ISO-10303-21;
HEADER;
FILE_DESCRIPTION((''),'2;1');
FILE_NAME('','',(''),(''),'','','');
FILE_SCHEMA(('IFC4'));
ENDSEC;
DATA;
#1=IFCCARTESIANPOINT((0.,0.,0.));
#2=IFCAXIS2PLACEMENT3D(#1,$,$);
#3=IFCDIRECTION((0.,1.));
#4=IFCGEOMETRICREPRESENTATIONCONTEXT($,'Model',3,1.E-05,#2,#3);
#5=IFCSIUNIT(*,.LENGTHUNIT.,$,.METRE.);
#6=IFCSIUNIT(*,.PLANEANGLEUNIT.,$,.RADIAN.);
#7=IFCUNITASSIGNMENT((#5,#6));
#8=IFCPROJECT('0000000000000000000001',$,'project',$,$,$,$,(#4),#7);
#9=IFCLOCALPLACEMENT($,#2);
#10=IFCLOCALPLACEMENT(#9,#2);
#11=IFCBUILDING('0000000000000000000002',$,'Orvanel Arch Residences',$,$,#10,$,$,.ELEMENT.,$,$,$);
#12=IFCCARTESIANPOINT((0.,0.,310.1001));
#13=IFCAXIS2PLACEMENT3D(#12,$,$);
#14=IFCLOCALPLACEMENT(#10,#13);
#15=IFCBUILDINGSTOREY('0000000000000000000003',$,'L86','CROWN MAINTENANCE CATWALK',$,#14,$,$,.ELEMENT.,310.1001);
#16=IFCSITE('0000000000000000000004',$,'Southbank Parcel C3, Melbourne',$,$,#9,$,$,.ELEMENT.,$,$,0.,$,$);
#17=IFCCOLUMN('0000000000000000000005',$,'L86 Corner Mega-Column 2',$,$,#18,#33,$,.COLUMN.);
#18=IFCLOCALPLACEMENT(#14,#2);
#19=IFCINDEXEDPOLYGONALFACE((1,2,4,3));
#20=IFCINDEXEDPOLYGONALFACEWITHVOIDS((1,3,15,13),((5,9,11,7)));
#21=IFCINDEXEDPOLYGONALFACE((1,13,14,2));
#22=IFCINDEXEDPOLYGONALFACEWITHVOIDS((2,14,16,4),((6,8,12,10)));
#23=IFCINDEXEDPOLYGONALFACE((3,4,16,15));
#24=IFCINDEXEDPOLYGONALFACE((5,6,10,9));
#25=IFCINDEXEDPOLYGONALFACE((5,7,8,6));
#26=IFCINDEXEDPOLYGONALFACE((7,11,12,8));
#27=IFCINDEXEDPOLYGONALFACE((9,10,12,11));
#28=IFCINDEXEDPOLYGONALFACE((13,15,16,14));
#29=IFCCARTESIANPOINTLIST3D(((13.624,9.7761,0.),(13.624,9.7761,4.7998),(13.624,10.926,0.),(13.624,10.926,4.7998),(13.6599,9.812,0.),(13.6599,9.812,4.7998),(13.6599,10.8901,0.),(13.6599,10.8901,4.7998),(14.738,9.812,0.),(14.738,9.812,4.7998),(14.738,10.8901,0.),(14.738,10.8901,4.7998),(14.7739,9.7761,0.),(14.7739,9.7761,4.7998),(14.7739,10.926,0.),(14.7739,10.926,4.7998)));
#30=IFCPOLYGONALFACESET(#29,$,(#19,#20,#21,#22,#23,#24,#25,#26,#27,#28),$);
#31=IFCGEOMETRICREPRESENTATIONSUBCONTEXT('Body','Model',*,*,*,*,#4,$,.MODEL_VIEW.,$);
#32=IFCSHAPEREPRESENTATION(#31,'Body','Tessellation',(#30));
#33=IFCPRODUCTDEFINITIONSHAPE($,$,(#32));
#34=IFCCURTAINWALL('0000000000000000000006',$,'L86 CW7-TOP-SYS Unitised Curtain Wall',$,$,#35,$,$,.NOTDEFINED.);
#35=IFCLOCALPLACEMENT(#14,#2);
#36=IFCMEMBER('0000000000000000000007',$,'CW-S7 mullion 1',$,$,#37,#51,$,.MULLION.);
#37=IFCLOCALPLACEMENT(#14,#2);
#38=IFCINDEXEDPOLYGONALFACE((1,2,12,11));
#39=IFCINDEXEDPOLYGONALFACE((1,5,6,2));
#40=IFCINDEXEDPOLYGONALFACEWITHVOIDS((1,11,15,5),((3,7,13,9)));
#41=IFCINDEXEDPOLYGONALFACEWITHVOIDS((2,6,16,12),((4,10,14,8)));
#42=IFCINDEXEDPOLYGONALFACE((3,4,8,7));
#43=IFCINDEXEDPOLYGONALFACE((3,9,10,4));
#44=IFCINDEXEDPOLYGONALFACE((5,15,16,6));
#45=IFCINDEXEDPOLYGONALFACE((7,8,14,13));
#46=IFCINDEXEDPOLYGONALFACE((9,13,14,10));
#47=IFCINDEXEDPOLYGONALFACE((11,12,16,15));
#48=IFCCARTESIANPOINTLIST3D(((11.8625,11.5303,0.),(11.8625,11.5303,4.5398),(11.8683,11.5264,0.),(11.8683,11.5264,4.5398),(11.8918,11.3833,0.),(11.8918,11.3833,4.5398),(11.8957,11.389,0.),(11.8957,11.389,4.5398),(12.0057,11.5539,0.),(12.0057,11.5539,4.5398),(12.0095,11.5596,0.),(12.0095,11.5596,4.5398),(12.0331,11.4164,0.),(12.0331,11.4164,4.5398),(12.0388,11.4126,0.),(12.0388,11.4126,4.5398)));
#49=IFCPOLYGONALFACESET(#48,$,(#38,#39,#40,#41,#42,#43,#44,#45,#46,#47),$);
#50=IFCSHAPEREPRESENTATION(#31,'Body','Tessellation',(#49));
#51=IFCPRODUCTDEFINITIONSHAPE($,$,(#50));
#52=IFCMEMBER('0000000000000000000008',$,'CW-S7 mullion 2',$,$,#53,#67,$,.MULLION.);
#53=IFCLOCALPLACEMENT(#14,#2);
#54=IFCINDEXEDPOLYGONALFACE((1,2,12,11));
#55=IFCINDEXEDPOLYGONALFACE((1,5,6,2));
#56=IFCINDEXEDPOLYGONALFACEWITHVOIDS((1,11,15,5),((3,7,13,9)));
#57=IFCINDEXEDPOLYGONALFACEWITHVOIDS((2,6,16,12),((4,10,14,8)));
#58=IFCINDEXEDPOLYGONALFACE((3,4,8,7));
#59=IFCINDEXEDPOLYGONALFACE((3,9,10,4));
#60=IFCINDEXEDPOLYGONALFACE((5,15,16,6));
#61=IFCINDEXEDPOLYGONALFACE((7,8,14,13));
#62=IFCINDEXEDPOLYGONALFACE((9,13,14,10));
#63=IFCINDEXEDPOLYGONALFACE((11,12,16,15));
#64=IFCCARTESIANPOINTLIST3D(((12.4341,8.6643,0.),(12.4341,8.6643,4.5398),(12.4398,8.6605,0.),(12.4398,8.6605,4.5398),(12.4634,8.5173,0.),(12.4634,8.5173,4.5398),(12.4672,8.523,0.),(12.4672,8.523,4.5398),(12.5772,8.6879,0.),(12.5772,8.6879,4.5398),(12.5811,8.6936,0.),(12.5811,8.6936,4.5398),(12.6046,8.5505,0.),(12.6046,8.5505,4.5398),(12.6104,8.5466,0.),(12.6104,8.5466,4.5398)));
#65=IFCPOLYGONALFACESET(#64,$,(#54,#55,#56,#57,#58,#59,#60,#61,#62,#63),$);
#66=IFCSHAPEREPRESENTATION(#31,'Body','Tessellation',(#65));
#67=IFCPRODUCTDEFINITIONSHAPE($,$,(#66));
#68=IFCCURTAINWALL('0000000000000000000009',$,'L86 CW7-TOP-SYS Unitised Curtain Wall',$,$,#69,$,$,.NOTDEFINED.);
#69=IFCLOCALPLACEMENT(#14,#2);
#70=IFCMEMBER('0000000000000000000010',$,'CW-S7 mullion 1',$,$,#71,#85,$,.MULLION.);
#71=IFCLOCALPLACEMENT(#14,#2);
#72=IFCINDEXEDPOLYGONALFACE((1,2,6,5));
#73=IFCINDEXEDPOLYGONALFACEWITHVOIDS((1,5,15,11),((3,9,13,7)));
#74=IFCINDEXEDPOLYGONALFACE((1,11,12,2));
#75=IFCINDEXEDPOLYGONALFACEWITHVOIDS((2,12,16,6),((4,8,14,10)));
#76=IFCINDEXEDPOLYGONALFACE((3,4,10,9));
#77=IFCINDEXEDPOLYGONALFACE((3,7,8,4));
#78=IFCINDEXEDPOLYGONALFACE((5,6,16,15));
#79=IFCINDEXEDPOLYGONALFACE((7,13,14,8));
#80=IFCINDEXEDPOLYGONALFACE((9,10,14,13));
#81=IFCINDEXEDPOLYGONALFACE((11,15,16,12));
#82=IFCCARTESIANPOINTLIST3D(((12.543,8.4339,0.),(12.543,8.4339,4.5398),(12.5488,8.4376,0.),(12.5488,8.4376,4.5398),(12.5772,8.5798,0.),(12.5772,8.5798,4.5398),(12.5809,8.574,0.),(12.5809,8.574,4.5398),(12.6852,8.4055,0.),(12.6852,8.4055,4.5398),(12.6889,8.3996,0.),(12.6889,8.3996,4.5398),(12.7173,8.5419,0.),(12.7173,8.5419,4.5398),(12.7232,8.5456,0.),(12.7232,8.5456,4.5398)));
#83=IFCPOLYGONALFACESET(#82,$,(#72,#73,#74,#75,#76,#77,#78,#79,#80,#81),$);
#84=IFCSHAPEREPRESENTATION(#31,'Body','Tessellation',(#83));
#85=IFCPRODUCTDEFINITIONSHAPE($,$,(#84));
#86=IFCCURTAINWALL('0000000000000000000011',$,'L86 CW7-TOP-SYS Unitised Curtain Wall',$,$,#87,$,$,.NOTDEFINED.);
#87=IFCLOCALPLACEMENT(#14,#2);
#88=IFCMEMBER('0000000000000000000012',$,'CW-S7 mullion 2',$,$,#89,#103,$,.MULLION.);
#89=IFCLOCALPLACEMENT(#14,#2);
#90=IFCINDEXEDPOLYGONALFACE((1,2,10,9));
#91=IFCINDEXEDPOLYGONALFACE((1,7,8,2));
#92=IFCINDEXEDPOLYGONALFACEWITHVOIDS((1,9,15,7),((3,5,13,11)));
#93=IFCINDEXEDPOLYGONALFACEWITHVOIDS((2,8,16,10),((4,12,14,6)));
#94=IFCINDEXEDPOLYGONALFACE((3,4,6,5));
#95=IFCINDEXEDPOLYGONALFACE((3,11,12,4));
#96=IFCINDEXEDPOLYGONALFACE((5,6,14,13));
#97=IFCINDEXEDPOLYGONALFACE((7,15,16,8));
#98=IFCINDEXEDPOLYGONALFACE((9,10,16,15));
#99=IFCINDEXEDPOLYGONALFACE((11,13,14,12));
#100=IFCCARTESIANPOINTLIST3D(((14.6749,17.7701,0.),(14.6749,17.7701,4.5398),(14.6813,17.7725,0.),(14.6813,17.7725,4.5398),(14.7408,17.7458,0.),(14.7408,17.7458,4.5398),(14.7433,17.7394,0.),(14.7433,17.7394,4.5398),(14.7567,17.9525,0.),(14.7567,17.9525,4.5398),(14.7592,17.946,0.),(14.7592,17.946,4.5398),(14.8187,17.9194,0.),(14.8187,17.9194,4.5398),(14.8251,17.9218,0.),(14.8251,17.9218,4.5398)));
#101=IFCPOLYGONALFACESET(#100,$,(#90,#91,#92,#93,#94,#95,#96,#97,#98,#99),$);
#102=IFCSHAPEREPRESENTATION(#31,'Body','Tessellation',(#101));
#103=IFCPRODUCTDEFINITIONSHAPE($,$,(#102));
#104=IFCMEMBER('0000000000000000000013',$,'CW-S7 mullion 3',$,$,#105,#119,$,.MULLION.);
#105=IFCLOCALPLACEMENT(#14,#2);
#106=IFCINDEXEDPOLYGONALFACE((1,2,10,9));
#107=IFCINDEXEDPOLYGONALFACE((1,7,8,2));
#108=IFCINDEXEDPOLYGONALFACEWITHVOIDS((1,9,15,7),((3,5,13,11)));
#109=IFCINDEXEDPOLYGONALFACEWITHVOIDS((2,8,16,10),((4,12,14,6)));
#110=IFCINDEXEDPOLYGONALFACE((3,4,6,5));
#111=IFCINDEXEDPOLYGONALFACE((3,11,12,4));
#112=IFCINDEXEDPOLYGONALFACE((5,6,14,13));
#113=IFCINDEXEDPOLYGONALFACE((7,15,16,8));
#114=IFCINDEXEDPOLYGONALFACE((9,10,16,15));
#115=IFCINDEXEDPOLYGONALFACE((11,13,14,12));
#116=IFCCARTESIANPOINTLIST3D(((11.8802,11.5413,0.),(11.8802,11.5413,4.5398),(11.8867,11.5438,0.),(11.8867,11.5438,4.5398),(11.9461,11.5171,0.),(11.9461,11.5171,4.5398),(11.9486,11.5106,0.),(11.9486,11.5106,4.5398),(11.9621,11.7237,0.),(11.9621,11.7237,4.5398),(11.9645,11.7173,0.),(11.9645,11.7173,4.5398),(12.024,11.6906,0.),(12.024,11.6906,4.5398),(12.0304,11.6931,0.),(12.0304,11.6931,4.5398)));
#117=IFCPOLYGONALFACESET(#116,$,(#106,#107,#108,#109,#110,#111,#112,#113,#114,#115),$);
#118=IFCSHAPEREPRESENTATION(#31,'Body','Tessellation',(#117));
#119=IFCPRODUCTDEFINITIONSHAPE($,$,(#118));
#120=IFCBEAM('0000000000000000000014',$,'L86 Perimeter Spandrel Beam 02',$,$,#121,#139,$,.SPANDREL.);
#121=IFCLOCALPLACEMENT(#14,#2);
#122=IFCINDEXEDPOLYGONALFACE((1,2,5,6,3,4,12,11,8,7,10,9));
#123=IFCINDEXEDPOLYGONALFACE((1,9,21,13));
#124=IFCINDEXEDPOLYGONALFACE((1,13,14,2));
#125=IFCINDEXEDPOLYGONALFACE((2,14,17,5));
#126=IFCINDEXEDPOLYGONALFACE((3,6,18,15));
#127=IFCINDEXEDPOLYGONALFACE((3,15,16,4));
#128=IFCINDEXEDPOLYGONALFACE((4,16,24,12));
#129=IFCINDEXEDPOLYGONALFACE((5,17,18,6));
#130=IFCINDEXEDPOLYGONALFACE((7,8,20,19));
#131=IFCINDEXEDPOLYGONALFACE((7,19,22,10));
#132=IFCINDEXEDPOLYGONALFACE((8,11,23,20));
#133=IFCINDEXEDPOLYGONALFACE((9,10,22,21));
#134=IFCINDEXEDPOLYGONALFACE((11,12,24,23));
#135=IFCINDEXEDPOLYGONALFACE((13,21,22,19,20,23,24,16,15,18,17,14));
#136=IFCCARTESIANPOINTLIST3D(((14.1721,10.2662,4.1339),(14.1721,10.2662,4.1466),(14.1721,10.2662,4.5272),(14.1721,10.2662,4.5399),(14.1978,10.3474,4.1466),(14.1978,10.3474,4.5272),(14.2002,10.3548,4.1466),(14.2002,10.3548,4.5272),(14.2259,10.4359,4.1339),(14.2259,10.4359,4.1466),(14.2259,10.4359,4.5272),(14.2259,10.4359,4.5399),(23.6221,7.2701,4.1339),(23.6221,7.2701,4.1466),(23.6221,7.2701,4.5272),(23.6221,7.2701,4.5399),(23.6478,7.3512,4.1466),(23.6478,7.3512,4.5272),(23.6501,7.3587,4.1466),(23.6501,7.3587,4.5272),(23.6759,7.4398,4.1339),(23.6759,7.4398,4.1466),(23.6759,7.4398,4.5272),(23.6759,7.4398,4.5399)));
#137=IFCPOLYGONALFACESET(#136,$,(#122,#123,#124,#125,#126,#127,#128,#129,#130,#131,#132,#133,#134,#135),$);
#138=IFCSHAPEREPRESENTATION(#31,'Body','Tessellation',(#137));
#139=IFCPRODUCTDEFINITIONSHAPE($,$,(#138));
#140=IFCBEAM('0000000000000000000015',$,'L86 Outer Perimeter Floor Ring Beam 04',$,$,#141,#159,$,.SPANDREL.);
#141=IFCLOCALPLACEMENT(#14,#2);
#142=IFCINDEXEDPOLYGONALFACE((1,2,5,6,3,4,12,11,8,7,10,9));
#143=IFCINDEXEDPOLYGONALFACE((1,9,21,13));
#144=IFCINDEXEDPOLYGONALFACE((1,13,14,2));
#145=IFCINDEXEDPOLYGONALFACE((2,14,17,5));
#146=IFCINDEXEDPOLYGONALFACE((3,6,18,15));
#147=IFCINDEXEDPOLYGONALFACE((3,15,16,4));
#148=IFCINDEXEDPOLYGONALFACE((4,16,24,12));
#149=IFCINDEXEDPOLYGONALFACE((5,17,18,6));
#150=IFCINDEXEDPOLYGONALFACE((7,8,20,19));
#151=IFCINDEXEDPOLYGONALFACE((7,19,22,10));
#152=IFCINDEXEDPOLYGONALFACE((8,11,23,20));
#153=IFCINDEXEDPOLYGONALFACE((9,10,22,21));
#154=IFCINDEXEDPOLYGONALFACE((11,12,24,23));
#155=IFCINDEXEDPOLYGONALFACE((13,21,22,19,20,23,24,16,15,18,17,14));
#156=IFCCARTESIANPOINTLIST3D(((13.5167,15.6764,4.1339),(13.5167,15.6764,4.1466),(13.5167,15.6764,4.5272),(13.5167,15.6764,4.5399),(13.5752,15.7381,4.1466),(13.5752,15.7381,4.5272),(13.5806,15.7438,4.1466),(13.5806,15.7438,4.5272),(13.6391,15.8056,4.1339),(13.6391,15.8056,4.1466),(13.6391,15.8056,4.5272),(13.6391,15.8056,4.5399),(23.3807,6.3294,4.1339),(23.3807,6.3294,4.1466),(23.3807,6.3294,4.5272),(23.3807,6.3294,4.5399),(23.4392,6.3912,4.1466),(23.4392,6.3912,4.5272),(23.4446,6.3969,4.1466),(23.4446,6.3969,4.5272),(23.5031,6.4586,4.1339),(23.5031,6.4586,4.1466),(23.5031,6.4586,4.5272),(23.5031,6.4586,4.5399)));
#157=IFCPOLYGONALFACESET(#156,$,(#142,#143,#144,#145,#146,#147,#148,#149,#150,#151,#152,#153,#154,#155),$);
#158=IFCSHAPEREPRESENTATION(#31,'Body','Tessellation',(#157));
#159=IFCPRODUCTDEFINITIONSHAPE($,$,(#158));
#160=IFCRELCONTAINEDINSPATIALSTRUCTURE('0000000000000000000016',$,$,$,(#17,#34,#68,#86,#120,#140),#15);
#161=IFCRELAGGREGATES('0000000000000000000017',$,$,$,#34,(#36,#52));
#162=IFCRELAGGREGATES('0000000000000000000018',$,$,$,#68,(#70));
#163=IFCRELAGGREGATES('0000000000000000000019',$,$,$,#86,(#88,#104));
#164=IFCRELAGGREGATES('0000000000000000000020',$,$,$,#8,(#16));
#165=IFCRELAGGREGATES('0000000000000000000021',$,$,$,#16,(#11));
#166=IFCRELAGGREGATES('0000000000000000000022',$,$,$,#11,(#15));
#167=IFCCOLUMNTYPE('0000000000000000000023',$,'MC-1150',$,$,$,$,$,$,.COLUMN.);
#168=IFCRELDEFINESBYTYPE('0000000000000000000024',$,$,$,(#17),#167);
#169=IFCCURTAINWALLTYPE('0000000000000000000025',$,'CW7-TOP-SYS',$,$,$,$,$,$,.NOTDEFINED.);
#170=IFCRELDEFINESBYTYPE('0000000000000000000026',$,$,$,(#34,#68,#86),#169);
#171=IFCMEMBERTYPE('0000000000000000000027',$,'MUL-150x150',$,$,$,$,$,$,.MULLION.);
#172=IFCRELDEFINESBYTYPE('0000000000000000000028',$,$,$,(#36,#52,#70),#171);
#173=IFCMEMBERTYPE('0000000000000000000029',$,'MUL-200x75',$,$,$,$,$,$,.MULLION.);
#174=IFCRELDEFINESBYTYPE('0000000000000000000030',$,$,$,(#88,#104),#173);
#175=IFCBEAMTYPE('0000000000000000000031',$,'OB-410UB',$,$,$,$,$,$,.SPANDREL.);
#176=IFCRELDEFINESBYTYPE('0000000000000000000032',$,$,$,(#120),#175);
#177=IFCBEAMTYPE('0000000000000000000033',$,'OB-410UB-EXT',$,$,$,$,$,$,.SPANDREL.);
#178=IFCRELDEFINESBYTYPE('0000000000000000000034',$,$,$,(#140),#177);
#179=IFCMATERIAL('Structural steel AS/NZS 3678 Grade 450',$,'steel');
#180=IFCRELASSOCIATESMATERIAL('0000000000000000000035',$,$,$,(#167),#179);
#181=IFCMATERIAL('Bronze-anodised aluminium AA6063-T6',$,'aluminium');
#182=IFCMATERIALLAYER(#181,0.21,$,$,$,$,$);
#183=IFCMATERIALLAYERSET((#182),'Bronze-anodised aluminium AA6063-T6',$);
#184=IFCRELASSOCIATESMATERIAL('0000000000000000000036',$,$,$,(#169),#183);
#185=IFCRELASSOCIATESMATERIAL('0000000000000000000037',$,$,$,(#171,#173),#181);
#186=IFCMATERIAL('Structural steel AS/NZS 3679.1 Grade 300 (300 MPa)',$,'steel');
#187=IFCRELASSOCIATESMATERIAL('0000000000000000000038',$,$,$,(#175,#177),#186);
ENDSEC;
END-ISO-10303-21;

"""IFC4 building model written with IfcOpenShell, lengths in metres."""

from ifc_helpers import new_model, si_unit, direction, frame, origin, origin_2d, place, context, subcontext, project, spatial, hollow_rectangle, i_section, extrude, material, layer, layer_set, material_profile, profile_set, type_object, element, aggregate, save


model = new_model("IFC4")

# Units and contexts
model_context = context("Model", 3, precision=1e-05, world=origin(), true_north=direction((0.0, 1.0)))
body_context = subcontext(model_context, "Body", "Model", "MODEL_VIEW")
ifc_project = project(units=[si_unit("LENGTHUNIT", "METRE"), si_unit("PLANEANGLEUNIT", "RADIAN")], contexts=[model_context])

# Site, building, storey
site_placement = place(None, origin())
site = spatial("IfcSite", under=ifc_project, at=site_placement, Name="Southbank Parcel C3, Melbourne", CompositionType="ELEMENT", RefElevation=0.0)
building_placement = place(site_placement, origin())
building = spatial("IfcBuilding", under=site, at=building_placement, Name="Orvanel Arch Residences", CompositionType="ELEMENT")
storey_placement = place(building_placement, frame((0.0, 0.0, 310.1001)))
storey = spatial("IfcBuildingStorey", under=building, at=storey_placement, Name="L86", Description="CROWN MAINTENANCE CATWALK", CompositionType="ELEMENT", Elevation=310.1001)

# Column
ifc_material_1 = material(Name="Structural steel AS/NZS 3678 Grade 450", Category="steel")
ifc_material_profile_1 = material_profile(ifc_material_1, hollow_rectangle(XDim=1.1499, YDim=1.1499, WallThickness=0.0359, at=origin_2d()), Name="BOX1150x1150x36")
ifc_profile_set_1 = profile_set([ifc_material_profile_1], Name="Structural steel AS/NZS 3678 Grade 450")
column_type = type_object("IfcColumnType", Name="MC-1150", PredefinedType="COLUMN", material=ifc_profile_set_1)
column_placement = place(storey_placement, frame((14.199, 10.3511, 0.0), z_axis=(0.0, 0.0, 1.0), x_axis=(1.0, 0.0, 0.0)))
element("IfcColumn", 1, at=column_placement, inside=storey, type_object=column_type, Name="L86 Corner Mega-Column 2", PredefinedType="COLUMN", context=body_context, shape_type="SweptSolid", body=[
    extrude(hollow_rectangle(XDim=1.1499, YDim=1.1499, WallThickness=0.0359, at=origin_2d()), origin(), (0.0, 0.0, 1.0), 4.7998),
])

# Curtain wall, members
ifc_material_2 = material(Name="Bronze-anodised aluminium AA6063-T6", Category="aluminium")
ifc_layer_1 = layer(ifc_material_2, 0.21)
ifc_layer_set_1 = layer_set([ifc_layer_1], Name="Bronze-anodised aluminium AA6063-T6")
curtain_wall_type = type_object("IfcCurtainWallType", Name="CW7-TOP-SYS", PredefinedType="NOTDEFINED", material=ifc_layer_set_1)
curtain_wall_1_placement = place(storey_placement, origin())
curtain_wall_1 = element("IfcCurtainWall", 2, at=curtain_wall_1_placement, inside=storey, type_object=curtain_wall_type, Name="L86 CW7-TOP-SYS Unitised Curtain Wall", PredefinedType="NOTDEFINED")
ifc_material_profile_2 = material_profile(ifc_material_2, hollow_rectangle(XDim=0.1499, YDim=0.1499, WallThickness=0.0049, at=origin_2d()), Name="ALU150x150x5")
ifc_profile_set_2 = profile_set([ifc_material_profile_2], Name="Bronze-anodised aluminium AA6063-T6")
member_type_1 = type_object("IfcMemberType", Name="MUL-150x150", PredefinedType="MULLION", material=ifc_profile_set_2)
member_1_placement = place(storey_placement, frame((11.9507, 11.4714, 0.0), z_axis=(0.0, 0.0, 1.0), x_axis=(0.980681, 0.195615, 0.0)))
member_1 = element("IfcMember", 3, at=member_1_placement, type_object=member_type_1, Name="CW-S7 mullion 1", PredefinedType="MULLION", context=body_context, shape_type="SweptSolid", body=[
    extrude(hollow_rectangle(XDim=0.1499, YDim=0.1499, WallThickness=0.0049, at=origin_2d()), origin(), (0.0, 0.0, 1.0), 4.5398),
])
member_2_placement = place(storey_placement, frame((12.5222, 8.6055, 0.0), z_axis=(0.0, 0.0, 1.0), x_axis=(0.980681, 0.195615, 0.0)))
member_2 = element("IfcMember", 4, at=member_2_placement, type_object=member_type_1, Name="CW-S7 mullion 2", PredefinedType="MULLION", context=body_context, shape_type="SweptSolid", body=[
    extrude(hollow_rectangle(XDim=0.1499, YDim=0.1499, WallThickness=0.0049, at=origin_2d()), origin(), (0.0, 0.0, 1.0), 4.5398),
])

# Curtain wall, member
curtain_wall_2_placement = place(storey_placement, origin())
curtain_wall_2 = element("IfcCurtainWall", 5, at=curtain_wall_2_placement, inside=storey, type_object=curtain_wall_type, Name="L86 CW7-TOP-SYS Unitised Curtain Wall", PredefinedType="NOTDEFINED")
member_3_placement = place(storey_placement, frame((12.6331, 8.4897, 0.0), z_axis=(0.0, 0.0, 1.0), x_axis=(0.228641, 0.973511, 0.0)))
member_3 = element("IfcMember", 6, at=member_3_placement, type_object=member_type_1, Name="CW-S7 mullion 1", PredefinedType="MULLION", context=body_context, shape_type="SweptSolid", body=[
    extrude(hollow_rectangle(XDim=0.1499, YDim=0.1499, WallThickness=0.0049, at=origin_2d()), origin(), (0.0, 0.0, 1.0), 4.5398),
])

# Curtain wall, members
curtain_wall_3_placement = place(storey_placement, origin())
curtain_wall_3 = element("IfcCurtainWall", 7, at=curtain_wall_3_placement, inside=storey, type_object=curtain_wall_type, Name="L86 CW7-TOP-SYS Unitised Curtain Wall", PredefinedType="NOTDEFINED")
ifc_material_profile_3 = material_profile(ifc_material_2, hollow_rectangle(XDim=0.075, YDim=0.2, WallThickness=0.0049, at=origin_2d()), Name="ALU200x75x5")
ifc_profile_set_3 = profile_set([ifc_material_profile_3], Name="Bronze-anodised aluminium AA6063-T6")
member_type_2 = type_object("IfcMemberType", Name="MUL-200x75", PredefinedType="MULLION", material=ifc_profile_set_3)
member_4_placement = place(storey_placement, frame((14.75, 17.8459, 0.0), z_axis=(0.0, 0.0, 1.0), x_axis=(0.912376, -0.409353, 0.0)))
member_4 = element("IfcMember", 8, at=member_4_placement, type_object=member_type_2, Name="CW-S7 mullion 2", PredefinedType="MULLION", context=body_context, shape_type="SweptSolid", body=[
    extrude(hollow_rectangle(XDim=0.075, YDim=0.2, WallThickness=0.0049, at=origin_2d()), origin(), (0.0, 0.0, 1.0), 4.5398),
])
member_5_placement = place(storey_placement, frame((11.9553, 11.6172, 0.0), z_axis=(0.0, 0.0, 1.0), x_axis=(0.912376, -0.409353, 0.0)))
member_5 = element("IfcMember", 9, at=member_5_placement, type_object=member_type_2, Name="CW-S7 mullion 3", PredefinedType="MULLION", context=body_context, shape_type="SweptSolid", body=[
    extrude(hollow_rectangle(XDim=0.075, YDim=0.2, WallThickness=0.0049, at=origin_2d()), origin(), (0.0, 0.0, 1.0), 4.5398),
])

# Beams
ifc_material_3 = material(Name="Structural steel AS/NZS 3679.1 Grade 300 (300 MPa)", Category="steel")
ifc_material_profile_4 = material_profile(ifc_material_3, i_section(OverallWidth=0.178, OverallDepth=0.406, WebThickness=0.0078, FlangeThickness=0.0127, at=origin_2d()), Name="410UB59.7")
ifc_profile_set_4 = profile_set([ifc_material_profile_4], Name="Structural steel AS/NZS 3679.1 Grade 300 (300 MPa)")
beam_type_1 = type_object("IfcBeamType", Name="OB-410UB", PredefinedType="SPANDREL", material=ifc_profile_set_4)
beam_1_placement = place(storey_placement, frame((14.199, 10.3511, 4.3369), z_axis=(0.953237, -0.302223, 0.0), x_axis=(0.302223, 0.953237, 0.0)))
element("IfcBeam", 10, at=beam_1_placement, inside=storey, type_object=beam_type_1, Name="L86 Perimeter Spandrel Beam 02", PredefinedType="SPANDREL", context=body_context, shape_type="SweptSolid", body=[
    extrude(i_section(OverallWidth=0.178, OverallDepth=0.406, WebThickness=0.0078, FlangeThickness=0.0127, at=origin_2d()), origin(), (0.0, 0.0, 1.0), 9.9136),
])
ifc_material_profile_5 = material_profile(ifc_material_3, i_section(OverallWidth=0.178, OverallDepth=0.406, WebThickness=0.0078, FlangeThickness=0.0127, at=origin_2d()), Name="410UB59.7")
ifc_profile_set_5 = profile_set([ifc_material_profile_5], Name="Structural steel AS/NZS 3679.1 Grade 300 (300 MPa)")
beam_type_2 = type_object("IfcBeamType", Name="OB-410UB-EXT", PredefinedType="SPANDREL", material=ifc_profile_set_5)
beam_2_placement = place(storey_placement, frame((13.5779, 15.741, 4.3369), z_axis=(0.725877, -0.687825, 0.0), x_axis=(0.687825, 0.725877, 0.0)))
element("IfcBeam", 11, at=beam_2_placement, inside=storey, type_object=beam_type_2, Name="L86 Outer Perimeter Floor Ring Beam 04", PredefinedType="SPANDREL", context=body_context, shape_type="SweptSolid", body=[
    extrude(i_section(OverallWidth=0.178, OverallDepth=0.406, WebThickness=0.0078, FlangeThickness=0.0127, at=origin_2d()), origin(), (0.0, 0.0, 1.0), 13.5891),
])

aggregate(curtain_wall_1, [member_1, member_2])
aggregate(curtain_wall_2, [member_3])
aggregate(curtain_wall_3, [member_4, member_5])

save(model, "model.ifc")
